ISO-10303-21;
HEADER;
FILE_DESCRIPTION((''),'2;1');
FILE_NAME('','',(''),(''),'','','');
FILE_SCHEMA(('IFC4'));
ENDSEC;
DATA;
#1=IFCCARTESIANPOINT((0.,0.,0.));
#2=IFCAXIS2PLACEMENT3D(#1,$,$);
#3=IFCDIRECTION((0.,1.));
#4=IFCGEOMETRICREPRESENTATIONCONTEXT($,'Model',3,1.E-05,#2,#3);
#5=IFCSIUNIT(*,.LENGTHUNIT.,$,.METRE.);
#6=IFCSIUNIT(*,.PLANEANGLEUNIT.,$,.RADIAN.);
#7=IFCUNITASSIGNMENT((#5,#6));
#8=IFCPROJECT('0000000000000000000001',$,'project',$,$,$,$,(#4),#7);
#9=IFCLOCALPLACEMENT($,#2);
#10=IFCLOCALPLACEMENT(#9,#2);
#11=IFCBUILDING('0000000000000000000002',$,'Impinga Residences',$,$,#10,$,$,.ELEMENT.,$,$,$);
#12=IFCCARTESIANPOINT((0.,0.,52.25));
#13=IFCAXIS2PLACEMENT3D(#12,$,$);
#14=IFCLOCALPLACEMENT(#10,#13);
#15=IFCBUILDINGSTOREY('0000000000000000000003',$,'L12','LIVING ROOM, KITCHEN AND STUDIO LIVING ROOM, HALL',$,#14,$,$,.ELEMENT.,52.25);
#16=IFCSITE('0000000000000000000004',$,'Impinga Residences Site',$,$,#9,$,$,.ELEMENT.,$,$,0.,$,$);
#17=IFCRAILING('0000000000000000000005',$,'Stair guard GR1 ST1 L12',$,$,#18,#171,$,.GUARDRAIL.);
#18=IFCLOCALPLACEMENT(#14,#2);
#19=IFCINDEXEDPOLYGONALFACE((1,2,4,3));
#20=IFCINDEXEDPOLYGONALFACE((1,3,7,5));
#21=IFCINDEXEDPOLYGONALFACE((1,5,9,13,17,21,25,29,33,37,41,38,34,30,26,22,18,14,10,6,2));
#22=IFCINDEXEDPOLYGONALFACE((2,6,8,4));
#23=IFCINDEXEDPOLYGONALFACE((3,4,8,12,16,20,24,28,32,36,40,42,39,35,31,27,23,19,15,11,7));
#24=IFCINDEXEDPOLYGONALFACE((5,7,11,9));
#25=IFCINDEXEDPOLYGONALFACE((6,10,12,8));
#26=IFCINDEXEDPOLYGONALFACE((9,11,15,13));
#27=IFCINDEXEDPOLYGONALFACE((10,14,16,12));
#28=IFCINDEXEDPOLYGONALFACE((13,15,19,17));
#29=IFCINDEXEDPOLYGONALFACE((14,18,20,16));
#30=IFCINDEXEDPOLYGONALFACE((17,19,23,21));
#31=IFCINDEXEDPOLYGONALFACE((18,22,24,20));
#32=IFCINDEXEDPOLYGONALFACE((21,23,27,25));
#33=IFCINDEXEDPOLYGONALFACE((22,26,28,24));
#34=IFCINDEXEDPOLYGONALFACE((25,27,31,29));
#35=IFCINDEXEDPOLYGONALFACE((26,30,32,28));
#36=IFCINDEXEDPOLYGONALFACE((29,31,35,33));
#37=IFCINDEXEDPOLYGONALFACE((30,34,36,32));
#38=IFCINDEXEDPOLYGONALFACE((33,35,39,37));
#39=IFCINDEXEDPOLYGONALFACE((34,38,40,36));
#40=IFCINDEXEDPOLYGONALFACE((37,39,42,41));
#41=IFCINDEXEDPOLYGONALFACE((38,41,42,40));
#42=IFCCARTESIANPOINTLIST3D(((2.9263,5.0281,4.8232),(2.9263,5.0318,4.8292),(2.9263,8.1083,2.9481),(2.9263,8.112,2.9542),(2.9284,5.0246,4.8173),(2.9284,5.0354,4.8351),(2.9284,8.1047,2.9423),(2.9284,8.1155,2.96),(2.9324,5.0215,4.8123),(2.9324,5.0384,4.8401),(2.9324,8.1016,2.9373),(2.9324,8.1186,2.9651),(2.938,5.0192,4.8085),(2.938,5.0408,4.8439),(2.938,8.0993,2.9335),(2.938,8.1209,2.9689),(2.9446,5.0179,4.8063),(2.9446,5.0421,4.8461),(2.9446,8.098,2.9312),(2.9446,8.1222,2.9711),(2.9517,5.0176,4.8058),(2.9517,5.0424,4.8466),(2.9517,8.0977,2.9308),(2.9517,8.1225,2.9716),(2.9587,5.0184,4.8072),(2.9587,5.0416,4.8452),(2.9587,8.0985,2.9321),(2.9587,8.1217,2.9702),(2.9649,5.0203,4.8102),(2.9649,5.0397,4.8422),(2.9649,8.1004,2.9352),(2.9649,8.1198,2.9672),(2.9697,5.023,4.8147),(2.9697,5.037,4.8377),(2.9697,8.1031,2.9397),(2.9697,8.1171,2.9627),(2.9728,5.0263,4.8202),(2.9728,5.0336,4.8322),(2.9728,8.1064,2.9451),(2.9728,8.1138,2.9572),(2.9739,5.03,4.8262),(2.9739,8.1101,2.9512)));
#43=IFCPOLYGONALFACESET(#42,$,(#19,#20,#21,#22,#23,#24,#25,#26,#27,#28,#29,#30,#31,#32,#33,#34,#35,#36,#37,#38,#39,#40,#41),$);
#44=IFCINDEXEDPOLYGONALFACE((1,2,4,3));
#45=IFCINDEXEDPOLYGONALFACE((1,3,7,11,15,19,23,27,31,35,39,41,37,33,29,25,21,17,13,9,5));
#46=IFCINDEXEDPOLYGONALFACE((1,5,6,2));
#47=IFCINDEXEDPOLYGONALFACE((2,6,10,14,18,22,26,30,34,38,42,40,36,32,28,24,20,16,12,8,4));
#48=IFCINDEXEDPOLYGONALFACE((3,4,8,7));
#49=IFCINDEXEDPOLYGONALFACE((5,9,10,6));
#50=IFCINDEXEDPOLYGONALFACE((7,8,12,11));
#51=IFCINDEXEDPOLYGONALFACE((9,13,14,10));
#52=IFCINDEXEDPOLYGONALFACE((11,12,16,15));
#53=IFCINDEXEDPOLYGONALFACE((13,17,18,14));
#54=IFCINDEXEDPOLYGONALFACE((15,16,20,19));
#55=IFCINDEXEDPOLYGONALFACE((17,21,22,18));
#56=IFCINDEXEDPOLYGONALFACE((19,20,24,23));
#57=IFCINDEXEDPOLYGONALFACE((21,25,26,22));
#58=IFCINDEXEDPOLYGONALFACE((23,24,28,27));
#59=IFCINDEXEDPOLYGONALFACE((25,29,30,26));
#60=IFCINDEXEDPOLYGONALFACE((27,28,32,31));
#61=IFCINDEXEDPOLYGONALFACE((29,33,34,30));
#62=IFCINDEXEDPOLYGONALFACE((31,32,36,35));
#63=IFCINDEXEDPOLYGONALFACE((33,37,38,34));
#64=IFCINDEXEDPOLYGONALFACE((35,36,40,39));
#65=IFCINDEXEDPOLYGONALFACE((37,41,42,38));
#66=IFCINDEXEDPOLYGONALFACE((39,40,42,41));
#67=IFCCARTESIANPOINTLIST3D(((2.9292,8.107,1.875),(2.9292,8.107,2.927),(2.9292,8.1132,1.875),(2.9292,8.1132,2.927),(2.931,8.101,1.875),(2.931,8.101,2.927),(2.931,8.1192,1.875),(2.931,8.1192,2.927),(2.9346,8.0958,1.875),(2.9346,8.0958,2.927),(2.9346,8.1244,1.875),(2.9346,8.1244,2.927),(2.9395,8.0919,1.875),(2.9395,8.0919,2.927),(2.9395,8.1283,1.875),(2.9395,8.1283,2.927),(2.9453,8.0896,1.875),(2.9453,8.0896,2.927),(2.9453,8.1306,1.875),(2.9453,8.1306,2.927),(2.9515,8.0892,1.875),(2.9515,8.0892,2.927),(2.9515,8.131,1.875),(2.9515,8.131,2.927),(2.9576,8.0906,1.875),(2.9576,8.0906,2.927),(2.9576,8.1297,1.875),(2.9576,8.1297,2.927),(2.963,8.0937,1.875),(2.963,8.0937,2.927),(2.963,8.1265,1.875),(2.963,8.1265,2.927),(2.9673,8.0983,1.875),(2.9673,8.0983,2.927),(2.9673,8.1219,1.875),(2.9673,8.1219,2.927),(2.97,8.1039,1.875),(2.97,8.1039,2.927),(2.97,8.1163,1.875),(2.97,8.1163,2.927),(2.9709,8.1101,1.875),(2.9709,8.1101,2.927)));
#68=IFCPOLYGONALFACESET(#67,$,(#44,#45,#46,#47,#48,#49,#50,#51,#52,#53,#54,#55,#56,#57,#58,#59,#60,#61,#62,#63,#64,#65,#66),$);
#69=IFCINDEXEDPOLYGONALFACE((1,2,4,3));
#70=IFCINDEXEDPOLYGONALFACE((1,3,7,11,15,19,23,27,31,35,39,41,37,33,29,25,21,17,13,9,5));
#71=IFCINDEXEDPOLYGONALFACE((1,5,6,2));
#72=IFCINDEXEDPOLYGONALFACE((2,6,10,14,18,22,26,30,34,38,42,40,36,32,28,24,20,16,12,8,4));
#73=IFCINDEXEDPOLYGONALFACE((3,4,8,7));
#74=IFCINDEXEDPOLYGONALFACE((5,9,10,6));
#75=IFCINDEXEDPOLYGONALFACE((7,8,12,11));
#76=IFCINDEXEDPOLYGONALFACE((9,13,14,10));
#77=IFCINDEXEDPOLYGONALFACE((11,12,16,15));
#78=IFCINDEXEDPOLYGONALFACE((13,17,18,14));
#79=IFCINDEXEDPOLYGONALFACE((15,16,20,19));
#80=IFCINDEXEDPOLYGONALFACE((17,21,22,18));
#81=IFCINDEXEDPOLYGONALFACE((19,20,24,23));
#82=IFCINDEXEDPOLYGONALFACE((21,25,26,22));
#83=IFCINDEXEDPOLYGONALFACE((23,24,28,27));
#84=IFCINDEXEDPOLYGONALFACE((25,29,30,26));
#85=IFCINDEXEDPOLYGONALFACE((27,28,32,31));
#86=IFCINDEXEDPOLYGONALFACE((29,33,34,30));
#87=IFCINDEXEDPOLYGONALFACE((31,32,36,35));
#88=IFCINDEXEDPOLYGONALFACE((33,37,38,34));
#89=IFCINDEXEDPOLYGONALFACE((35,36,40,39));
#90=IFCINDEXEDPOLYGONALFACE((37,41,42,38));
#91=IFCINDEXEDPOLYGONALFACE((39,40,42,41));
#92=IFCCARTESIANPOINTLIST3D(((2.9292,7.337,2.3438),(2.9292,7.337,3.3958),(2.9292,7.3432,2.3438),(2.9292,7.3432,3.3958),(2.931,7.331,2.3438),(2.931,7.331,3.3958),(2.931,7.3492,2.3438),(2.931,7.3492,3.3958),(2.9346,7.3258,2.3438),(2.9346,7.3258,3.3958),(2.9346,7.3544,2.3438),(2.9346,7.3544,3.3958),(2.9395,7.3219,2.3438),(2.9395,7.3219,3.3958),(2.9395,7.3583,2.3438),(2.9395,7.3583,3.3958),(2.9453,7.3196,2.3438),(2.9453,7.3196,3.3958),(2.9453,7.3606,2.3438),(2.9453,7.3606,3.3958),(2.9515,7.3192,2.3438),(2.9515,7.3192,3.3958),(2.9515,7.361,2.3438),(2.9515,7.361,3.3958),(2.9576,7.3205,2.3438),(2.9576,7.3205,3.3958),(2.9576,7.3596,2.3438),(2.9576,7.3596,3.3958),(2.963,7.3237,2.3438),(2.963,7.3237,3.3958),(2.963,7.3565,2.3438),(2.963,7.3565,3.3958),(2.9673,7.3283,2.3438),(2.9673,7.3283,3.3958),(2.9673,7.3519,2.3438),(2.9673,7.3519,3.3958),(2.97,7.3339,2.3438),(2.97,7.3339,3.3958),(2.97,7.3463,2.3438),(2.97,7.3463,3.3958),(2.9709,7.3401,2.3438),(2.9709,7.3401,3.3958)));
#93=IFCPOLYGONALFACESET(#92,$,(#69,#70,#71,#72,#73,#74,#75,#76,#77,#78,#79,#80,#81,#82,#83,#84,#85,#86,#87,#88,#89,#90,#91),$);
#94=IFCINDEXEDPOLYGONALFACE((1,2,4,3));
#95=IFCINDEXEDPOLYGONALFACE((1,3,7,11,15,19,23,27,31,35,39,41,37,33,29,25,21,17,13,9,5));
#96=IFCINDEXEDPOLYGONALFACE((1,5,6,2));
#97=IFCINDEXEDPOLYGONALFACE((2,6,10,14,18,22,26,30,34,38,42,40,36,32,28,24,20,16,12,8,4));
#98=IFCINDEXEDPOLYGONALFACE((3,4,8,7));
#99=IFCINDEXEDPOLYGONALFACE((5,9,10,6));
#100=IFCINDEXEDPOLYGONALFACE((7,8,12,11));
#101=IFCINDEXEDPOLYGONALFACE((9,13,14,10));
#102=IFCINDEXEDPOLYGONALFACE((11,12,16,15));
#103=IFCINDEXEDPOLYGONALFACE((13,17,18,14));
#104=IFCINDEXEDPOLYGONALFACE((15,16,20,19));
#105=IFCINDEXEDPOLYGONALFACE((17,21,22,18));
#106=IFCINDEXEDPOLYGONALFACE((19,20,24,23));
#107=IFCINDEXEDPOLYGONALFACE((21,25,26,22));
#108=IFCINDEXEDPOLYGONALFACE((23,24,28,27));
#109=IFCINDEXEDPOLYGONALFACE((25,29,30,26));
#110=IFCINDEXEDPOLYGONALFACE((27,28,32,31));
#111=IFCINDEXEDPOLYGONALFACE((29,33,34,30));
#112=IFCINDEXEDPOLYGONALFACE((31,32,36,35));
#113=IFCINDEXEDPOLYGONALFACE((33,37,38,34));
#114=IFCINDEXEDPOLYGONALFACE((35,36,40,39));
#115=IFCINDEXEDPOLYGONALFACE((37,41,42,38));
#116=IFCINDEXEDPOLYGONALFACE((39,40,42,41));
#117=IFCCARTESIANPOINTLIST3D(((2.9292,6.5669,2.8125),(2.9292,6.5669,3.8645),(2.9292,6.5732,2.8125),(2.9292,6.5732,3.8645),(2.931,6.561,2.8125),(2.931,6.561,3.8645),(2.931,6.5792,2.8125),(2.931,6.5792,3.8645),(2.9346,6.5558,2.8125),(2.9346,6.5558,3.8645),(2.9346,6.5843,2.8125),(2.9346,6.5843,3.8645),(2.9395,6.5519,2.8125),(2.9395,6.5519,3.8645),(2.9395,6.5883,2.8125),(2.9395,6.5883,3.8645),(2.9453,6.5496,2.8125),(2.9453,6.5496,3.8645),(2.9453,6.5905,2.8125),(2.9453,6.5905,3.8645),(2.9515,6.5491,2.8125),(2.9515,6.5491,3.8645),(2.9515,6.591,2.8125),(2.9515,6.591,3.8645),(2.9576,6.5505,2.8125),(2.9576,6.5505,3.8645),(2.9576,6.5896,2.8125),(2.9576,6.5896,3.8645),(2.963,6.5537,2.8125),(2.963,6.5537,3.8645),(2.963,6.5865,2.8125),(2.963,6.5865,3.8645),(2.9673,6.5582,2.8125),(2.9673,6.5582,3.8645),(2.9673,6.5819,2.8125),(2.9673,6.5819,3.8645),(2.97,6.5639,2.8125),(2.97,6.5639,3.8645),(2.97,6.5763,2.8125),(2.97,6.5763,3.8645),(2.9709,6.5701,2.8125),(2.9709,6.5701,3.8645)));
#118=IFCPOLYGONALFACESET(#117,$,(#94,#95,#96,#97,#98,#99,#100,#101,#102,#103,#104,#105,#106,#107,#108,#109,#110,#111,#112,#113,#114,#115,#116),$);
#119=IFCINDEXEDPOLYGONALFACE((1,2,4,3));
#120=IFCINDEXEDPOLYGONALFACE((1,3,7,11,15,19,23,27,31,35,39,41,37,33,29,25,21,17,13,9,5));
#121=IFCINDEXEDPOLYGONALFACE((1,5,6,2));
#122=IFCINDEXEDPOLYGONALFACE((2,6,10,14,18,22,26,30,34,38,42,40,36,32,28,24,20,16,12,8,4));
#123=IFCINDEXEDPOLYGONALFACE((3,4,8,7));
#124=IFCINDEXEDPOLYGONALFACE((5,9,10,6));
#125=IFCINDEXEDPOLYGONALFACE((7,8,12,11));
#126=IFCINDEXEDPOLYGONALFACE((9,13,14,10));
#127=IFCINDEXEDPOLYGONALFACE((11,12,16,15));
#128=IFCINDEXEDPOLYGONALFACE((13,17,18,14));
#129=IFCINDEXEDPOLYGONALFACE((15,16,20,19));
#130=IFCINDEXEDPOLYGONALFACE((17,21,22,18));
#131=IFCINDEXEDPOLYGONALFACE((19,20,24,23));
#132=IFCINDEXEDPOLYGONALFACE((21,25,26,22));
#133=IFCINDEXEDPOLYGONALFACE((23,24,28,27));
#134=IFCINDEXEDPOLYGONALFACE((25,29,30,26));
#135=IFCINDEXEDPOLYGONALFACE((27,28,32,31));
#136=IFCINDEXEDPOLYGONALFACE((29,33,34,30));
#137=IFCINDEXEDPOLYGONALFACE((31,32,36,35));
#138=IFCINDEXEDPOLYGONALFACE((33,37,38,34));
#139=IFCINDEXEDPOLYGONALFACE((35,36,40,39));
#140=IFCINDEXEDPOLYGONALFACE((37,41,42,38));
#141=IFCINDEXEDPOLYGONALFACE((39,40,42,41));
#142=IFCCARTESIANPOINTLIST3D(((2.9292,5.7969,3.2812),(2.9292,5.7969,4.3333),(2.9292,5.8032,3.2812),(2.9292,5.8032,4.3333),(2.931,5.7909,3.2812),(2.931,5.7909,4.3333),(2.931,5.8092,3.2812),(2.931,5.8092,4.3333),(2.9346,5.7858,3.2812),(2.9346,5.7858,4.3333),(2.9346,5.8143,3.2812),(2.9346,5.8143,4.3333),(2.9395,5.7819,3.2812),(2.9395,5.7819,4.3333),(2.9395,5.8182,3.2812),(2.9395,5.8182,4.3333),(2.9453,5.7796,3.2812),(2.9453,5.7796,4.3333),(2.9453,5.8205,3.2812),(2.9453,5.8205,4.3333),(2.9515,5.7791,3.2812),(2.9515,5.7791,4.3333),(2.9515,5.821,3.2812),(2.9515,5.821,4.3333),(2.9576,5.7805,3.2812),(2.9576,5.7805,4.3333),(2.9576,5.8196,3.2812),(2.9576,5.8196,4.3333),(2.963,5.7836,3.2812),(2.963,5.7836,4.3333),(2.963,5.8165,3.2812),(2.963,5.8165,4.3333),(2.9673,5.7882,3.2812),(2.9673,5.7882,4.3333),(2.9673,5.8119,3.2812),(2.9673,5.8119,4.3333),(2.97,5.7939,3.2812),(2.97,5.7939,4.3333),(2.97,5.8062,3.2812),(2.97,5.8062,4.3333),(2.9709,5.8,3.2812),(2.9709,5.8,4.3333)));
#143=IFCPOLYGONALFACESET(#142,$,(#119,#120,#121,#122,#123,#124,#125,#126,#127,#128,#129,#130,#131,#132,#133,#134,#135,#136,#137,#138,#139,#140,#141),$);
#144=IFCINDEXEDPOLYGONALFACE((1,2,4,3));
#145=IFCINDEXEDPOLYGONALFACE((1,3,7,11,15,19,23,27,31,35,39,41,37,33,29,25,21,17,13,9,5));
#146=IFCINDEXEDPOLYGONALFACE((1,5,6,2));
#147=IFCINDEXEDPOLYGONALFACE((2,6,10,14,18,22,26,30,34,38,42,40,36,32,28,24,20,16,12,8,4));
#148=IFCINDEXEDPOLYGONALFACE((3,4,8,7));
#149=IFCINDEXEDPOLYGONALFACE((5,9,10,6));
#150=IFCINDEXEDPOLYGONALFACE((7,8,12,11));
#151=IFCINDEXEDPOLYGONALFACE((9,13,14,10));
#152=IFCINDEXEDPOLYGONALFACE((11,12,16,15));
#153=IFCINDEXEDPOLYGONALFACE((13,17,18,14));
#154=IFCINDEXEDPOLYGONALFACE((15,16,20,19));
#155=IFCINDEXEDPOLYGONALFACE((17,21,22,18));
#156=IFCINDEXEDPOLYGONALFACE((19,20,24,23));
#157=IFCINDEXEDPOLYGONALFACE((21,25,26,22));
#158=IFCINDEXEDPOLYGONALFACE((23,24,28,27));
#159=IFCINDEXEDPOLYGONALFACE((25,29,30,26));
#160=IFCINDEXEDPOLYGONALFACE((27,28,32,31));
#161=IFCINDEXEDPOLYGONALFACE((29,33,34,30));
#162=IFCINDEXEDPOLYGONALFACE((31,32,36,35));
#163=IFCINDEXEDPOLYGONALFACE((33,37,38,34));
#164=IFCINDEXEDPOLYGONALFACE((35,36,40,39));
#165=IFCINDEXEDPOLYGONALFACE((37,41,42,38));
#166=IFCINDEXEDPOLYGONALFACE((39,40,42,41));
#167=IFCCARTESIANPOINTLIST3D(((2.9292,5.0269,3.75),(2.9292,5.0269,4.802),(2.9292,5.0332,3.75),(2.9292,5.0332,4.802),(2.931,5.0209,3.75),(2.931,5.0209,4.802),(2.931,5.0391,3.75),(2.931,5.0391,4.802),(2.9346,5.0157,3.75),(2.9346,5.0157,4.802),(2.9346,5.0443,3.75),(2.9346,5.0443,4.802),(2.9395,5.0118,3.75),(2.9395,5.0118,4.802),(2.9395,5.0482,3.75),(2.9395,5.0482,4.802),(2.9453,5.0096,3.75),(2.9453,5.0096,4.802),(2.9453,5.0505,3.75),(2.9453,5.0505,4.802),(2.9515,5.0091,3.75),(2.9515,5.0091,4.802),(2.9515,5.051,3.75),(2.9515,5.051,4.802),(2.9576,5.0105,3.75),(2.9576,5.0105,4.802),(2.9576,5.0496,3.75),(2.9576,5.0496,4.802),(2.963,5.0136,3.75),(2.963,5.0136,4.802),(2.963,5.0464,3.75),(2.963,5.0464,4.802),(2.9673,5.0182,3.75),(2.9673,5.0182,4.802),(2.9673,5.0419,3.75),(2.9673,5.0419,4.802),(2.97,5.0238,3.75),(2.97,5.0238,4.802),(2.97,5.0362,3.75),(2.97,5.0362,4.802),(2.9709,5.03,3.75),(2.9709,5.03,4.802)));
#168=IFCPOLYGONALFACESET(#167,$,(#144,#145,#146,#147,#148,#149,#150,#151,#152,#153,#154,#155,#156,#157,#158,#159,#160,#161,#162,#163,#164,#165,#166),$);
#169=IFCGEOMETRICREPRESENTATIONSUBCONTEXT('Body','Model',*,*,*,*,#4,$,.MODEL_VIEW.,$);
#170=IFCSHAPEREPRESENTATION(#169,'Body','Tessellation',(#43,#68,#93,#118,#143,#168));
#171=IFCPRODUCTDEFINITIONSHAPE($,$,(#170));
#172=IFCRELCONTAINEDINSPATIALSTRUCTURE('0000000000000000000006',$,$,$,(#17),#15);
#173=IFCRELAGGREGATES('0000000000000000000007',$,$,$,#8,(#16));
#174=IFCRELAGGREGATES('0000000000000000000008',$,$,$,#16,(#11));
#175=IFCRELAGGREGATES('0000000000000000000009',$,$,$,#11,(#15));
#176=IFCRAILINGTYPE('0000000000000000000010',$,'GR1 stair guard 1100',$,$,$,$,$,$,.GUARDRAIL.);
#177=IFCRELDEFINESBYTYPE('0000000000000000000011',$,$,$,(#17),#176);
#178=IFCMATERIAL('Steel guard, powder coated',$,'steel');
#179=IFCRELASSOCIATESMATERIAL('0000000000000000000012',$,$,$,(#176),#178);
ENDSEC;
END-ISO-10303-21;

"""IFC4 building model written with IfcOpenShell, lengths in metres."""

from ifc_helpers import new_model, si_unit, direction, frame, origin, origin_2d, place, context, subcontext, project, spatial, circle, extrude, material, type_object, element, save


model = new_model("IFC4")

# Units and contexts
model_context = context("Model", 3, precision=1e-05, world=origin(), true_north=direction((0.0, 1.0)))
body_context = subcontext(model_context, "Body", "Model", "MODEL_VIEW")
ifc_project = project(units=[si_unit("LENGTHUNIT", "METRE"), si_unit("PLANEANGLEUNIT", "RADIAN")], contexts=[model_context])

# Site, building, storey
site_placement = place(None, origin())
site = spatial("IfcSite", under=ifc_project, at=site_placement, Name="Impinga Residences Site", CompositionType="ELEMENT", RefElevation=0.0)
building_placement = place(site_placement, origin())
building = spatial("IfcBuilding", under=site, at=building_placement, Name="Impinga Residences", CompositionType="ELEMENT")
storey_placement = place(building_placement, frame((0.0, 0.0, 52.25)))
storey = spatial("IfcBuildingStorey", under=building, at=storey_placement, Name="L12", Description="LIVING ROOM, KITCHEN AND STUDIO LIVING ROOM, HALL", CompositionType="ELEMENT", Elevation=52.25)

# Railing
ifc_material_1 = material(Name="Steel guard, powder coated", Category="steel")
railing_type_1 = type_object("IfcRailingType", Name="GR1 stair guard 1100", PredefinedType="GUARDRAIL", material=ifc_material_1)
railing_1_placement = place(storey_placement, frame((2.95, 8.1101, 1.875)))
element("IfcRailing", 1, at=railing_1_placement, inside=storey, type_object=railing_type_1, Name="Stair guard GR1 ST1 L12", PredefinedType="GUARDRAIL", context=body_context, shape_type="SweptSolid", body=[
    extrude(circle(Radius=0.0239, at=origin_2d()), frame((0.0, 0.0, 1.0762), z_axis=(0.0, -0.854178, 0.519981), x_axis=(1.0, 0.0, 0.0)), (0.0, 0.0, 1.0), 3.606),
    extrude(circle(Radius=0.021, at=origin_2d()), origin(), (0.0, 0.0, 1.0), 1.052),
    extrude(circle(Radius=0.021, at=origin_2d()), frame((0.0, -0.77, 0.4688)), (0.0, 0.0, 1.0), 1.052),
    extrude(circle(Radius=0.021, at=origin_2d()), frame((0.0, -1.54, 0.9375)), (0.0, 0.0, 1.0), 1.052),
    extrude(circle(Radius=0.021, at=origin_2d()), frame((0.0, -2.3101, 1.4062)), (0.0, 0.0, 1.0), 1.052),
    extrude(circle(Radius=0.021, at=origin_2d()), frame((0.0, -3.0801, 1.875)), (0.0, 0.0, 1.0), 1.052),
])

save(model, "model.ifc")
